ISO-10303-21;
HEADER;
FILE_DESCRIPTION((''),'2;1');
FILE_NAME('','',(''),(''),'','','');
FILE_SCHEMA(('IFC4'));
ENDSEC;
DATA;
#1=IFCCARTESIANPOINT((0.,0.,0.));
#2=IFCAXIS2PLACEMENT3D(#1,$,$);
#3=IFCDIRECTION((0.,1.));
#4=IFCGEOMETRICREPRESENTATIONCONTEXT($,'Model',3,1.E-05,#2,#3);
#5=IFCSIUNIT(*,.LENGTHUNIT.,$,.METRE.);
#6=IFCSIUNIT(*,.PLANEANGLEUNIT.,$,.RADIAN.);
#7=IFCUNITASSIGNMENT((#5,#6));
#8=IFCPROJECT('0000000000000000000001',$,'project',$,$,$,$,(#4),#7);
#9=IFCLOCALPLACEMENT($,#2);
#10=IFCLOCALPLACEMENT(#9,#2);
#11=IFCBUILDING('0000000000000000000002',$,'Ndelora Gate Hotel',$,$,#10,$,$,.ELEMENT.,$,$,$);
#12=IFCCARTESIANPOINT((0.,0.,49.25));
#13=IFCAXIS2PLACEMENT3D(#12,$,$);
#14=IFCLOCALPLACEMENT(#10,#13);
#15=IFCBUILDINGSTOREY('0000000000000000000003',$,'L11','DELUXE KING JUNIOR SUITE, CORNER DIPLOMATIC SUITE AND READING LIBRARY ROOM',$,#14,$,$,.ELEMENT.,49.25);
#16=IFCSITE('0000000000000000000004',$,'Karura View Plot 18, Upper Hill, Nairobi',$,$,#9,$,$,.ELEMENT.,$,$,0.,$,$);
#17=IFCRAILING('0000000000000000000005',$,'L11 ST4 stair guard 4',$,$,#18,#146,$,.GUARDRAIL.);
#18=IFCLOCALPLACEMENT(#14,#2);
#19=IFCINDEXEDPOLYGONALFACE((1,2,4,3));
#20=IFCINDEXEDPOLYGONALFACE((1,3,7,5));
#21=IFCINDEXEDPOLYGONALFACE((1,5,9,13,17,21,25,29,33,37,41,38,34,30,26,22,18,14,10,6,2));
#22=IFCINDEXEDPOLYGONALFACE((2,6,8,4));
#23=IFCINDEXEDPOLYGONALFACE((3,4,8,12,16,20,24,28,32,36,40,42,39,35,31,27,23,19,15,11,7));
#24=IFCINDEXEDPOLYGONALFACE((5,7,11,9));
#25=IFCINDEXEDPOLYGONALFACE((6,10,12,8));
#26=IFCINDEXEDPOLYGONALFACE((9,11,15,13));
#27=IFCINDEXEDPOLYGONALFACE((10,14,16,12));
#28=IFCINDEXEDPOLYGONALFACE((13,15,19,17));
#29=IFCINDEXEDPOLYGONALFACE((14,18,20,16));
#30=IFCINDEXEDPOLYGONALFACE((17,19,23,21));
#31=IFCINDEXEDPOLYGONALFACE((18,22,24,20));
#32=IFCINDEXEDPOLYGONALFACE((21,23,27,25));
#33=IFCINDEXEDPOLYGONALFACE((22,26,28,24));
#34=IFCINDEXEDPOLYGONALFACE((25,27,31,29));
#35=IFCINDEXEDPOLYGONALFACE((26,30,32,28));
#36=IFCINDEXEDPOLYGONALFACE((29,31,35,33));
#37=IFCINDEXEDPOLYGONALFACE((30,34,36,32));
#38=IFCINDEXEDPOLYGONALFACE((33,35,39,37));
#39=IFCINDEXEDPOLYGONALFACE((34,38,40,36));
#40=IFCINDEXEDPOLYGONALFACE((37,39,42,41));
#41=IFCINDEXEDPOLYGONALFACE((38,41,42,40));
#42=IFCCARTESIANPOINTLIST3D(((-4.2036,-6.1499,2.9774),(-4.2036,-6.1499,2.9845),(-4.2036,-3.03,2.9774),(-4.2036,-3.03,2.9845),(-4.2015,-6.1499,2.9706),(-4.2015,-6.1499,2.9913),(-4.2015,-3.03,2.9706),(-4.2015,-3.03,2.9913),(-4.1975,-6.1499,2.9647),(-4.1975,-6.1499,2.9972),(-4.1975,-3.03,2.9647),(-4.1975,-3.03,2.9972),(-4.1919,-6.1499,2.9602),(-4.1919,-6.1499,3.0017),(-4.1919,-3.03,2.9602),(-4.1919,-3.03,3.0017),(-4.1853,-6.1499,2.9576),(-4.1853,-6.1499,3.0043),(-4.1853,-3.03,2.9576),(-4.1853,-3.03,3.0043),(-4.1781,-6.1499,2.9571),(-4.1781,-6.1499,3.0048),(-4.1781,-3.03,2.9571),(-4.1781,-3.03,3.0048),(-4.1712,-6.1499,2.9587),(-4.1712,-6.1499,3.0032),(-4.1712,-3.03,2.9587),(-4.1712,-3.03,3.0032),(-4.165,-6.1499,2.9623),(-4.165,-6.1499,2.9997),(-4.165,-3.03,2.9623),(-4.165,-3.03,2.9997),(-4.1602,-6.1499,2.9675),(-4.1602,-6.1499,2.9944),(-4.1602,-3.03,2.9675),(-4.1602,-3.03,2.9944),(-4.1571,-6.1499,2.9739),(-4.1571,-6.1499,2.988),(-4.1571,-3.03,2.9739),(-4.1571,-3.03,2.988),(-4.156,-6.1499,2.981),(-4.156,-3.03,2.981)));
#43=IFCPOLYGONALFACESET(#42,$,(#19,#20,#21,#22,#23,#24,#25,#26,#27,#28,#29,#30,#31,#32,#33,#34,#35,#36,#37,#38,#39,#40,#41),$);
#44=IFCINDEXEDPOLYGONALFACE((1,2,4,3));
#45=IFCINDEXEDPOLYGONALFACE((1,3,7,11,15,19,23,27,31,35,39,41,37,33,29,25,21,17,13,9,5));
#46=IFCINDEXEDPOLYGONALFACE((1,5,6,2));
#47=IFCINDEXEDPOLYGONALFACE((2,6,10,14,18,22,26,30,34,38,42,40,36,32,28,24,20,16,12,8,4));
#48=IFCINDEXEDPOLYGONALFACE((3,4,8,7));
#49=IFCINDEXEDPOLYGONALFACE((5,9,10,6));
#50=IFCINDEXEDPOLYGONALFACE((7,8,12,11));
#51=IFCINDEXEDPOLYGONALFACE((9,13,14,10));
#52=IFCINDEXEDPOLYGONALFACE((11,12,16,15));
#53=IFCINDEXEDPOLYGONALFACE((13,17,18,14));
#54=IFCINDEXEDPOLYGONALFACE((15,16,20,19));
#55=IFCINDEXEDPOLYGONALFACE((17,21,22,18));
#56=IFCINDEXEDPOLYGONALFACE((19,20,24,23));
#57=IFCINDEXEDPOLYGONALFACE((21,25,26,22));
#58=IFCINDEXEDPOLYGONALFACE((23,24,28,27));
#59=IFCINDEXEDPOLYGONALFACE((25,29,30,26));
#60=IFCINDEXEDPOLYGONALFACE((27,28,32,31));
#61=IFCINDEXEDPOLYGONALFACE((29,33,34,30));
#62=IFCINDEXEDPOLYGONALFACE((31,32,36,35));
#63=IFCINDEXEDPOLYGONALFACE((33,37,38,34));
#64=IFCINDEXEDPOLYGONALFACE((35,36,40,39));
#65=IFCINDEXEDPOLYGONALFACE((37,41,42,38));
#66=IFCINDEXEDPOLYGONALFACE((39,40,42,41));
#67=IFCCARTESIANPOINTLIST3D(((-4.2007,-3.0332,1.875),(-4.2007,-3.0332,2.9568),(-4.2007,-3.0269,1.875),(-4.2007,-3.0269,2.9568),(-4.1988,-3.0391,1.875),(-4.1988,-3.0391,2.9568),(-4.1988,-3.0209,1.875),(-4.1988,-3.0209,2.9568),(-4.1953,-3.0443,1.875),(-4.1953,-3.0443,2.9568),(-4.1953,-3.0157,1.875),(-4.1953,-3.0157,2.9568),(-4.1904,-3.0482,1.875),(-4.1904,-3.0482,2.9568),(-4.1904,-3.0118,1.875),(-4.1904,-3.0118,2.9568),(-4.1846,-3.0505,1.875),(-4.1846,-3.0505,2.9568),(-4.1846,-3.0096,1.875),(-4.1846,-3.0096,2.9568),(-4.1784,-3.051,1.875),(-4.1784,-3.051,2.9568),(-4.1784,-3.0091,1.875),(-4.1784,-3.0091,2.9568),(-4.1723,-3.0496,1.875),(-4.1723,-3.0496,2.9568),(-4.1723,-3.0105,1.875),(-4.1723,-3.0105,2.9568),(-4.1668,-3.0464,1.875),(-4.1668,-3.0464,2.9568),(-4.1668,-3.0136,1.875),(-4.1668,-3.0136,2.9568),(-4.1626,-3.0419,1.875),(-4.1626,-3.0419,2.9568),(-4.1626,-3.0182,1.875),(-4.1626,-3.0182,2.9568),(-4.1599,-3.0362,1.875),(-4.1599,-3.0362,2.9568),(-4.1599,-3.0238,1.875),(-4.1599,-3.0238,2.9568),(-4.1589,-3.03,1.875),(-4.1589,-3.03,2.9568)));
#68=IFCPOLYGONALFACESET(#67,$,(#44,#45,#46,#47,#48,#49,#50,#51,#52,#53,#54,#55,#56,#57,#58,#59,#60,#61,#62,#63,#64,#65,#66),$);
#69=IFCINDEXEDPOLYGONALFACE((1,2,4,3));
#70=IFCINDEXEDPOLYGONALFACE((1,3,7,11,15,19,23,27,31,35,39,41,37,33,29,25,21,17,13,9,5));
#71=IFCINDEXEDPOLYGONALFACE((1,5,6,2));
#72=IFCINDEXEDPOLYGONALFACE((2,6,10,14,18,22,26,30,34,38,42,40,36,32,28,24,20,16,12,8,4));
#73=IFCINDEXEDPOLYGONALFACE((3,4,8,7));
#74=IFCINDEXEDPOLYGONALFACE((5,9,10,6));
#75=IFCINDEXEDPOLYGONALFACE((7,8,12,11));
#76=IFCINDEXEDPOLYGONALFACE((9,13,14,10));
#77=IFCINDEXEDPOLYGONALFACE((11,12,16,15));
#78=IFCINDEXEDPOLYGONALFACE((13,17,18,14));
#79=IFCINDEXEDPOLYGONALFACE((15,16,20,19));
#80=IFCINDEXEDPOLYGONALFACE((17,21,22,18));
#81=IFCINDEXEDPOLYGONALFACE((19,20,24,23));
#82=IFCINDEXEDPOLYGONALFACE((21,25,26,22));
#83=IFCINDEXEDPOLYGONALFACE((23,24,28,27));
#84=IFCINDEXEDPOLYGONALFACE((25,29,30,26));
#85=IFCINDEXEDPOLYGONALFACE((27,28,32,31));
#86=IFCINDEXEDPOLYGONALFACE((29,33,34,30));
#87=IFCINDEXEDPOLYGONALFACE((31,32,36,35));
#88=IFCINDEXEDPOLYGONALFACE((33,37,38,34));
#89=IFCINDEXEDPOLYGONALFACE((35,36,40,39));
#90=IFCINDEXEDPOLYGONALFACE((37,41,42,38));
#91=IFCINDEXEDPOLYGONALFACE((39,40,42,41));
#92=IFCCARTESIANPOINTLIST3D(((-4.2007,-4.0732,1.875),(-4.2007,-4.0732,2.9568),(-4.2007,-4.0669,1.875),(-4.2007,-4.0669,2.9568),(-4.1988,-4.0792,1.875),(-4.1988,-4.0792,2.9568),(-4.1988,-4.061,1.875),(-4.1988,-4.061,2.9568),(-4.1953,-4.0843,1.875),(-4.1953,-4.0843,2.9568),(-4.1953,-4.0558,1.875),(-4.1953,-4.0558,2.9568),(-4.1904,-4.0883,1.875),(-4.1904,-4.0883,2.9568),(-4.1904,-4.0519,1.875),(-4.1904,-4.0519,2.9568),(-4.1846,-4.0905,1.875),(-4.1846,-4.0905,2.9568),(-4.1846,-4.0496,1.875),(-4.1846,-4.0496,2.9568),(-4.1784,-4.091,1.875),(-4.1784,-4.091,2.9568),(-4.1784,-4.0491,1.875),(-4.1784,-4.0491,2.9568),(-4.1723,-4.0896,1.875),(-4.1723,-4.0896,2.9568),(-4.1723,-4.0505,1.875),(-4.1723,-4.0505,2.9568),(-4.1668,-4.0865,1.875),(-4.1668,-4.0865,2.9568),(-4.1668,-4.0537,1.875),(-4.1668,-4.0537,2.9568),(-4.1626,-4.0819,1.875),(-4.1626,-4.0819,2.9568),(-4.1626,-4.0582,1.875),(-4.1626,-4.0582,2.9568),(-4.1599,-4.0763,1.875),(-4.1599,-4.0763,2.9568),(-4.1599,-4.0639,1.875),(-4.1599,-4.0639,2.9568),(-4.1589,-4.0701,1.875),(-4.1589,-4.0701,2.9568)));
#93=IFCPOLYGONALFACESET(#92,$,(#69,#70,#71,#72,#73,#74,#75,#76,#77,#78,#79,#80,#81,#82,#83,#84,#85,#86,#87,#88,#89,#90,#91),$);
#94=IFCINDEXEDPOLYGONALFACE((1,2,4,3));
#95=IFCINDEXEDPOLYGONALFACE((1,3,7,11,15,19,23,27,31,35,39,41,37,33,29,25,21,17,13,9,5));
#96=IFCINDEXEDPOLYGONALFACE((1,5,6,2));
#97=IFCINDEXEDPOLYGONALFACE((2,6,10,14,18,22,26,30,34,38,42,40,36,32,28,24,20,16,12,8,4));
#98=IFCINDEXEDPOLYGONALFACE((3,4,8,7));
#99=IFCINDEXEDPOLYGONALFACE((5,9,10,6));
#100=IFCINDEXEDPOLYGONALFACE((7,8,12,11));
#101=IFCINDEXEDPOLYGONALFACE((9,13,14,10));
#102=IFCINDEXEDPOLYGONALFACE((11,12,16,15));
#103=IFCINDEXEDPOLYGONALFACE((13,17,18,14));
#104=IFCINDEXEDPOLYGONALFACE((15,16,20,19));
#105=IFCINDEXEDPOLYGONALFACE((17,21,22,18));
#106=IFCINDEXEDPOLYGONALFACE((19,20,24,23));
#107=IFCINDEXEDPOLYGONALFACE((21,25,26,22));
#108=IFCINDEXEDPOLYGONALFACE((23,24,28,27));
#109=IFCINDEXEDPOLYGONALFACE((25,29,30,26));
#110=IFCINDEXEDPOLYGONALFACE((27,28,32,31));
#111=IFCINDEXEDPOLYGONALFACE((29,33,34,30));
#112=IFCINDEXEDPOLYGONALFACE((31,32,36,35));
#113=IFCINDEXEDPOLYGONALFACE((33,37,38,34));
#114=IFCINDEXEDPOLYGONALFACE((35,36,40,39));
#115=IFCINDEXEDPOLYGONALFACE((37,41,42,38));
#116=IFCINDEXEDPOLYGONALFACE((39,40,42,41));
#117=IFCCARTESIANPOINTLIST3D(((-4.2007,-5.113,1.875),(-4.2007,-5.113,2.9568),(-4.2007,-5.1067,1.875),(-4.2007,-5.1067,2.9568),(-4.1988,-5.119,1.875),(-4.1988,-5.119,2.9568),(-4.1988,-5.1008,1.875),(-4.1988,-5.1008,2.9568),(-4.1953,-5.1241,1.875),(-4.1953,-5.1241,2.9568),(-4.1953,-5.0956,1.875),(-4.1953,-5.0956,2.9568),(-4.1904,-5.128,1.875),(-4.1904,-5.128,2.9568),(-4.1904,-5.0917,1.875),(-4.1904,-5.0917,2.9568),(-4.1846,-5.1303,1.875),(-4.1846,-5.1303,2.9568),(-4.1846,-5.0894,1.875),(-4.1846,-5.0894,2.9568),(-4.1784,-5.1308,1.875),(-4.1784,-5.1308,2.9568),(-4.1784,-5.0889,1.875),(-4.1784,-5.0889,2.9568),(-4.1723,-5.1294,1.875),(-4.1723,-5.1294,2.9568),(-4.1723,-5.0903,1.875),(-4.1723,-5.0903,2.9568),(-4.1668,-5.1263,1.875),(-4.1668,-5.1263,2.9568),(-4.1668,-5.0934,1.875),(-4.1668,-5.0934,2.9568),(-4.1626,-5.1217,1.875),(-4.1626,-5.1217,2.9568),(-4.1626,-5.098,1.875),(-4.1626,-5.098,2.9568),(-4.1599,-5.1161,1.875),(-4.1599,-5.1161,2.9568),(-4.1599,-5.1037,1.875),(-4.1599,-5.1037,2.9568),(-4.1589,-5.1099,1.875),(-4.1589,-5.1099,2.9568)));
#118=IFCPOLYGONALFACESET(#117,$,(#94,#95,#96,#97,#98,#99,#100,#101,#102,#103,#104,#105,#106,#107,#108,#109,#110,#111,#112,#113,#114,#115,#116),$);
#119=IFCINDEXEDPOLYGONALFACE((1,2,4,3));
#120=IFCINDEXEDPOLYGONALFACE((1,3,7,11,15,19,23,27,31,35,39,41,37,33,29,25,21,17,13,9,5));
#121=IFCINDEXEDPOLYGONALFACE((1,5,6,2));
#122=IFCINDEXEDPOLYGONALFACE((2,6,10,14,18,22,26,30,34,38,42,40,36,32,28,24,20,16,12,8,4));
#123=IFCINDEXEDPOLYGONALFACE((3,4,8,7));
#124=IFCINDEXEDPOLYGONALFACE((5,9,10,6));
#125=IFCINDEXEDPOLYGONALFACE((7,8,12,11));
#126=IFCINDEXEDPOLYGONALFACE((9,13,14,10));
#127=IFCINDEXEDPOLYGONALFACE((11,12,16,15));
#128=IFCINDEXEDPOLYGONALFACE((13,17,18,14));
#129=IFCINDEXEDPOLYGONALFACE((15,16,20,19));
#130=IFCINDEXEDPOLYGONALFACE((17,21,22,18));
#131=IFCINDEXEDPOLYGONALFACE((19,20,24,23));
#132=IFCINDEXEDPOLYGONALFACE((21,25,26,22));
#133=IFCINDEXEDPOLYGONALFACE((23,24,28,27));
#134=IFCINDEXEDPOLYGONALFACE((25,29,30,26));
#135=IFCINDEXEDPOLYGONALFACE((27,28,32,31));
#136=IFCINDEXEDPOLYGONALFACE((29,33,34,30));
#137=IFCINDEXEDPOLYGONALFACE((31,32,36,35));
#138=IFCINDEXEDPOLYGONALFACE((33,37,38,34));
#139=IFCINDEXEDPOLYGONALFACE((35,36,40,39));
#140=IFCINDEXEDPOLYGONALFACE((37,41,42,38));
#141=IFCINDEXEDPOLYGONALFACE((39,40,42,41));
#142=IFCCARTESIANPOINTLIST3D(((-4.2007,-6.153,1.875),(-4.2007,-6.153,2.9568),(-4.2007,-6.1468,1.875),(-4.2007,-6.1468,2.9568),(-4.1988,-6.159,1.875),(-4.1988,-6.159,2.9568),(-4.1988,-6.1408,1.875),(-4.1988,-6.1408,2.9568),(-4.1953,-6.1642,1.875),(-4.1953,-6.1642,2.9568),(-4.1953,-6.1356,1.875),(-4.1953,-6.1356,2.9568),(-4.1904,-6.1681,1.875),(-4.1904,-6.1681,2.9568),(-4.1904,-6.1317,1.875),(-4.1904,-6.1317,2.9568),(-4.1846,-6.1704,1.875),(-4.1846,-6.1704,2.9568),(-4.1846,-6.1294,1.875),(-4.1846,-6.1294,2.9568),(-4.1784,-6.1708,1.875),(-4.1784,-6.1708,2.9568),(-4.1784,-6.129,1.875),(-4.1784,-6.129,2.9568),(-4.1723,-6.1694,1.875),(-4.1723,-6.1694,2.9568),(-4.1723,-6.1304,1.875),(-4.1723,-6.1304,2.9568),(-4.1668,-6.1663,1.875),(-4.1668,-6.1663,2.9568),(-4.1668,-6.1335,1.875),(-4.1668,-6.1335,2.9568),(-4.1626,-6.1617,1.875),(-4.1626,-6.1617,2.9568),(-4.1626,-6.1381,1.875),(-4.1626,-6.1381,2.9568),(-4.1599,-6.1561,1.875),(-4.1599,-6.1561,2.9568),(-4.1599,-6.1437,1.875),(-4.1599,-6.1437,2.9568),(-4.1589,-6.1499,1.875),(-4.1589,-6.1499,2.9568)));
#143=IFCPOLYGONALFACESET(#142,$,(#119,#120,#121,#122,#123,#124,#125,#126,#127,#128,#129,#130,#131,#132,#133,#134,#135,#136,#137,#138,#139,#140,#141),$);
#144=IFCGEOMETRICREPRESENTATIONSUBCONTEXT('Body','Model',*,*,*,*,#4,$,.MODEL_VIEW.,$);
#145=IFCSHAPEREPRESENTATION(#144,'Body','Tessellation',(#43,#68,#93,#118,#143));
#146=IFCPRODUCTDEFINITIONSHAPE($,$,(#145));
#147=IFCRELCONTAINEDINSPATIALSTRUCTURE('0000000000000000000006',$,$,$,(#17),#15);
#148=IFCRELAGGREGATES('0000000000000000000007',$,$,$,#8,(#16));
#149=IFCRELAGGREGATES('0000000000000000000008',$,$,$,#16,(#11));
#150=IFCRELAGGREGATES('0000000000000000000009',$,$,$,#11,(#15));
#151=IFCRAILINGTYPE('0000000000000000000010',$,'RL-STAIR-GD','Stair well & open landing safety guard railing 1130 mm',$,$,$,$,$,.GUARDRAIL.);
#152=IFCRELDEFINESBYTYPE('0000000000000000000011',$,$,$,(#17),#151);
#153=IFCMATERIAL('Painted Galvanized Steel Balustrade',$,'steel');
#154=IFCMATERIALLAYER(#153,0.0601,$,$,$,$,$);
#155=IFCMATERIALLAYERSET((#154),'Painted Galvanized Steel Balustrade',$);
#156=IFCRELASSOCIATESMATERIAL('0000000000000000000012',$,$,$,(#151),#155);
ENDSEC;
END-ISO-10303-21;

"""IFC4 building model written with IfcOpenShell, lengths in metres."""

from ifc_helpers import new_model, si_unit, direction, frame, origin, origin_2d, place, context, subcontext, project, spatial, circle, extrude, material, layer, layer_set, type_object, element, save


model = new_model("IFC4")

# Units and contexts
model_context = context("Model", 3, precision=1e-05, world=origin(), true_north=direction((0.0, 1.0)))
body_context = subcontext(model_context, "Body", "Model", "MODEL_VIEW")
ifc_project = project(units=[si_unit("LENGTHUNIT", "METRE"), si_unit("PLANEANGLEUNIT", "RADIAN")], contexts=[model_context])

# Site, building, storey
site_placement = place(None, origin())
site = spatial("IfcSite", under=ifc_project, at=site_placement, Name="Karura View Plot 18, Upper Hill, Nairobi", CompositionType="ELEMENT", RefElevation=0.0)
building_placement = place(site_placement, origin())
building = spatial("IfcBuilding", under=site, at=building_placement, Name="Ndelora Gate Hotel", CompositionType="ELEMENT")
storey_placement = place(building_placement, frame((0.0, 0.0, 49.25)))
storey = spatial("IfcBuildingStorey", under=building, at=storey_placement, Name="L11", Description="DELUXE KING JUNIOR SUITE, CORNER DIPLOMATIC SUITE AND READING LIBRARY ROOM", CompositionType="ELEMENT", Elevation=49.25)

# Railing
ifc_material_1 = material(Name="Painted Galvanized Steel Balustrade", Category="steel")
ifc_layer_1 = layer(ifc_material_1, 0.0601)
ifc_layer_set_1 = layer_set([ifc_layer_1], Name="Painted Galvanized Steel Balustrade")
railing_type_1 = type_object("IfcRailingType", Name="RL-STAIR-GD", Description="Stair well & open landing safety guard railing 1130 mm", PredefinedType="GUARDRAIL", material=ifc_layer_set_1)
railing_1_placement = place(storey_placement, frame((-4.1799, -3.03, 1.875)))
element("IfcRailing", 1, at=railing_1_placement, inside=storey, type_object=railing_type_1, Name="L11 ST4 stair guard 4", PredefinedType="GUARDRAIL", context=body_context, shape_type="SweptSolid", body=[
    extrude(circle(Radius=0.0239, at=origin_2d()), frame((0.0, 0.0, 1.106), z_axis=(0.0, -1.0, 0.0), x_axis=(1.0, 0.0, 0.0)), (0.0, 0.0, 1.0), 3.1199),
    extrude(circle(Radius=0.021, at=origin_2d()), origin(), (0.0, 0.0, 1.0), 1.0818),
    extrude(circle(Radius=0.021, at=origin_2d()), frame((0.0, -1.04, 0.0)), (0.0, 0.0, 1.0), 1.0818),
    extrude(circle(Radius=0.021, at=origin_2d()), frame((0.0, -2.0798, 0.0)), (0.0, 0.0, 1.0), 1.0818),
    extrude(circle(Radius=0.021, at=origin_2d()), frame((0.0, -3.1199, 0.0)), (0.0, 0.0, 1.0), 1.0818),
])

save(model, "model.ifc")
